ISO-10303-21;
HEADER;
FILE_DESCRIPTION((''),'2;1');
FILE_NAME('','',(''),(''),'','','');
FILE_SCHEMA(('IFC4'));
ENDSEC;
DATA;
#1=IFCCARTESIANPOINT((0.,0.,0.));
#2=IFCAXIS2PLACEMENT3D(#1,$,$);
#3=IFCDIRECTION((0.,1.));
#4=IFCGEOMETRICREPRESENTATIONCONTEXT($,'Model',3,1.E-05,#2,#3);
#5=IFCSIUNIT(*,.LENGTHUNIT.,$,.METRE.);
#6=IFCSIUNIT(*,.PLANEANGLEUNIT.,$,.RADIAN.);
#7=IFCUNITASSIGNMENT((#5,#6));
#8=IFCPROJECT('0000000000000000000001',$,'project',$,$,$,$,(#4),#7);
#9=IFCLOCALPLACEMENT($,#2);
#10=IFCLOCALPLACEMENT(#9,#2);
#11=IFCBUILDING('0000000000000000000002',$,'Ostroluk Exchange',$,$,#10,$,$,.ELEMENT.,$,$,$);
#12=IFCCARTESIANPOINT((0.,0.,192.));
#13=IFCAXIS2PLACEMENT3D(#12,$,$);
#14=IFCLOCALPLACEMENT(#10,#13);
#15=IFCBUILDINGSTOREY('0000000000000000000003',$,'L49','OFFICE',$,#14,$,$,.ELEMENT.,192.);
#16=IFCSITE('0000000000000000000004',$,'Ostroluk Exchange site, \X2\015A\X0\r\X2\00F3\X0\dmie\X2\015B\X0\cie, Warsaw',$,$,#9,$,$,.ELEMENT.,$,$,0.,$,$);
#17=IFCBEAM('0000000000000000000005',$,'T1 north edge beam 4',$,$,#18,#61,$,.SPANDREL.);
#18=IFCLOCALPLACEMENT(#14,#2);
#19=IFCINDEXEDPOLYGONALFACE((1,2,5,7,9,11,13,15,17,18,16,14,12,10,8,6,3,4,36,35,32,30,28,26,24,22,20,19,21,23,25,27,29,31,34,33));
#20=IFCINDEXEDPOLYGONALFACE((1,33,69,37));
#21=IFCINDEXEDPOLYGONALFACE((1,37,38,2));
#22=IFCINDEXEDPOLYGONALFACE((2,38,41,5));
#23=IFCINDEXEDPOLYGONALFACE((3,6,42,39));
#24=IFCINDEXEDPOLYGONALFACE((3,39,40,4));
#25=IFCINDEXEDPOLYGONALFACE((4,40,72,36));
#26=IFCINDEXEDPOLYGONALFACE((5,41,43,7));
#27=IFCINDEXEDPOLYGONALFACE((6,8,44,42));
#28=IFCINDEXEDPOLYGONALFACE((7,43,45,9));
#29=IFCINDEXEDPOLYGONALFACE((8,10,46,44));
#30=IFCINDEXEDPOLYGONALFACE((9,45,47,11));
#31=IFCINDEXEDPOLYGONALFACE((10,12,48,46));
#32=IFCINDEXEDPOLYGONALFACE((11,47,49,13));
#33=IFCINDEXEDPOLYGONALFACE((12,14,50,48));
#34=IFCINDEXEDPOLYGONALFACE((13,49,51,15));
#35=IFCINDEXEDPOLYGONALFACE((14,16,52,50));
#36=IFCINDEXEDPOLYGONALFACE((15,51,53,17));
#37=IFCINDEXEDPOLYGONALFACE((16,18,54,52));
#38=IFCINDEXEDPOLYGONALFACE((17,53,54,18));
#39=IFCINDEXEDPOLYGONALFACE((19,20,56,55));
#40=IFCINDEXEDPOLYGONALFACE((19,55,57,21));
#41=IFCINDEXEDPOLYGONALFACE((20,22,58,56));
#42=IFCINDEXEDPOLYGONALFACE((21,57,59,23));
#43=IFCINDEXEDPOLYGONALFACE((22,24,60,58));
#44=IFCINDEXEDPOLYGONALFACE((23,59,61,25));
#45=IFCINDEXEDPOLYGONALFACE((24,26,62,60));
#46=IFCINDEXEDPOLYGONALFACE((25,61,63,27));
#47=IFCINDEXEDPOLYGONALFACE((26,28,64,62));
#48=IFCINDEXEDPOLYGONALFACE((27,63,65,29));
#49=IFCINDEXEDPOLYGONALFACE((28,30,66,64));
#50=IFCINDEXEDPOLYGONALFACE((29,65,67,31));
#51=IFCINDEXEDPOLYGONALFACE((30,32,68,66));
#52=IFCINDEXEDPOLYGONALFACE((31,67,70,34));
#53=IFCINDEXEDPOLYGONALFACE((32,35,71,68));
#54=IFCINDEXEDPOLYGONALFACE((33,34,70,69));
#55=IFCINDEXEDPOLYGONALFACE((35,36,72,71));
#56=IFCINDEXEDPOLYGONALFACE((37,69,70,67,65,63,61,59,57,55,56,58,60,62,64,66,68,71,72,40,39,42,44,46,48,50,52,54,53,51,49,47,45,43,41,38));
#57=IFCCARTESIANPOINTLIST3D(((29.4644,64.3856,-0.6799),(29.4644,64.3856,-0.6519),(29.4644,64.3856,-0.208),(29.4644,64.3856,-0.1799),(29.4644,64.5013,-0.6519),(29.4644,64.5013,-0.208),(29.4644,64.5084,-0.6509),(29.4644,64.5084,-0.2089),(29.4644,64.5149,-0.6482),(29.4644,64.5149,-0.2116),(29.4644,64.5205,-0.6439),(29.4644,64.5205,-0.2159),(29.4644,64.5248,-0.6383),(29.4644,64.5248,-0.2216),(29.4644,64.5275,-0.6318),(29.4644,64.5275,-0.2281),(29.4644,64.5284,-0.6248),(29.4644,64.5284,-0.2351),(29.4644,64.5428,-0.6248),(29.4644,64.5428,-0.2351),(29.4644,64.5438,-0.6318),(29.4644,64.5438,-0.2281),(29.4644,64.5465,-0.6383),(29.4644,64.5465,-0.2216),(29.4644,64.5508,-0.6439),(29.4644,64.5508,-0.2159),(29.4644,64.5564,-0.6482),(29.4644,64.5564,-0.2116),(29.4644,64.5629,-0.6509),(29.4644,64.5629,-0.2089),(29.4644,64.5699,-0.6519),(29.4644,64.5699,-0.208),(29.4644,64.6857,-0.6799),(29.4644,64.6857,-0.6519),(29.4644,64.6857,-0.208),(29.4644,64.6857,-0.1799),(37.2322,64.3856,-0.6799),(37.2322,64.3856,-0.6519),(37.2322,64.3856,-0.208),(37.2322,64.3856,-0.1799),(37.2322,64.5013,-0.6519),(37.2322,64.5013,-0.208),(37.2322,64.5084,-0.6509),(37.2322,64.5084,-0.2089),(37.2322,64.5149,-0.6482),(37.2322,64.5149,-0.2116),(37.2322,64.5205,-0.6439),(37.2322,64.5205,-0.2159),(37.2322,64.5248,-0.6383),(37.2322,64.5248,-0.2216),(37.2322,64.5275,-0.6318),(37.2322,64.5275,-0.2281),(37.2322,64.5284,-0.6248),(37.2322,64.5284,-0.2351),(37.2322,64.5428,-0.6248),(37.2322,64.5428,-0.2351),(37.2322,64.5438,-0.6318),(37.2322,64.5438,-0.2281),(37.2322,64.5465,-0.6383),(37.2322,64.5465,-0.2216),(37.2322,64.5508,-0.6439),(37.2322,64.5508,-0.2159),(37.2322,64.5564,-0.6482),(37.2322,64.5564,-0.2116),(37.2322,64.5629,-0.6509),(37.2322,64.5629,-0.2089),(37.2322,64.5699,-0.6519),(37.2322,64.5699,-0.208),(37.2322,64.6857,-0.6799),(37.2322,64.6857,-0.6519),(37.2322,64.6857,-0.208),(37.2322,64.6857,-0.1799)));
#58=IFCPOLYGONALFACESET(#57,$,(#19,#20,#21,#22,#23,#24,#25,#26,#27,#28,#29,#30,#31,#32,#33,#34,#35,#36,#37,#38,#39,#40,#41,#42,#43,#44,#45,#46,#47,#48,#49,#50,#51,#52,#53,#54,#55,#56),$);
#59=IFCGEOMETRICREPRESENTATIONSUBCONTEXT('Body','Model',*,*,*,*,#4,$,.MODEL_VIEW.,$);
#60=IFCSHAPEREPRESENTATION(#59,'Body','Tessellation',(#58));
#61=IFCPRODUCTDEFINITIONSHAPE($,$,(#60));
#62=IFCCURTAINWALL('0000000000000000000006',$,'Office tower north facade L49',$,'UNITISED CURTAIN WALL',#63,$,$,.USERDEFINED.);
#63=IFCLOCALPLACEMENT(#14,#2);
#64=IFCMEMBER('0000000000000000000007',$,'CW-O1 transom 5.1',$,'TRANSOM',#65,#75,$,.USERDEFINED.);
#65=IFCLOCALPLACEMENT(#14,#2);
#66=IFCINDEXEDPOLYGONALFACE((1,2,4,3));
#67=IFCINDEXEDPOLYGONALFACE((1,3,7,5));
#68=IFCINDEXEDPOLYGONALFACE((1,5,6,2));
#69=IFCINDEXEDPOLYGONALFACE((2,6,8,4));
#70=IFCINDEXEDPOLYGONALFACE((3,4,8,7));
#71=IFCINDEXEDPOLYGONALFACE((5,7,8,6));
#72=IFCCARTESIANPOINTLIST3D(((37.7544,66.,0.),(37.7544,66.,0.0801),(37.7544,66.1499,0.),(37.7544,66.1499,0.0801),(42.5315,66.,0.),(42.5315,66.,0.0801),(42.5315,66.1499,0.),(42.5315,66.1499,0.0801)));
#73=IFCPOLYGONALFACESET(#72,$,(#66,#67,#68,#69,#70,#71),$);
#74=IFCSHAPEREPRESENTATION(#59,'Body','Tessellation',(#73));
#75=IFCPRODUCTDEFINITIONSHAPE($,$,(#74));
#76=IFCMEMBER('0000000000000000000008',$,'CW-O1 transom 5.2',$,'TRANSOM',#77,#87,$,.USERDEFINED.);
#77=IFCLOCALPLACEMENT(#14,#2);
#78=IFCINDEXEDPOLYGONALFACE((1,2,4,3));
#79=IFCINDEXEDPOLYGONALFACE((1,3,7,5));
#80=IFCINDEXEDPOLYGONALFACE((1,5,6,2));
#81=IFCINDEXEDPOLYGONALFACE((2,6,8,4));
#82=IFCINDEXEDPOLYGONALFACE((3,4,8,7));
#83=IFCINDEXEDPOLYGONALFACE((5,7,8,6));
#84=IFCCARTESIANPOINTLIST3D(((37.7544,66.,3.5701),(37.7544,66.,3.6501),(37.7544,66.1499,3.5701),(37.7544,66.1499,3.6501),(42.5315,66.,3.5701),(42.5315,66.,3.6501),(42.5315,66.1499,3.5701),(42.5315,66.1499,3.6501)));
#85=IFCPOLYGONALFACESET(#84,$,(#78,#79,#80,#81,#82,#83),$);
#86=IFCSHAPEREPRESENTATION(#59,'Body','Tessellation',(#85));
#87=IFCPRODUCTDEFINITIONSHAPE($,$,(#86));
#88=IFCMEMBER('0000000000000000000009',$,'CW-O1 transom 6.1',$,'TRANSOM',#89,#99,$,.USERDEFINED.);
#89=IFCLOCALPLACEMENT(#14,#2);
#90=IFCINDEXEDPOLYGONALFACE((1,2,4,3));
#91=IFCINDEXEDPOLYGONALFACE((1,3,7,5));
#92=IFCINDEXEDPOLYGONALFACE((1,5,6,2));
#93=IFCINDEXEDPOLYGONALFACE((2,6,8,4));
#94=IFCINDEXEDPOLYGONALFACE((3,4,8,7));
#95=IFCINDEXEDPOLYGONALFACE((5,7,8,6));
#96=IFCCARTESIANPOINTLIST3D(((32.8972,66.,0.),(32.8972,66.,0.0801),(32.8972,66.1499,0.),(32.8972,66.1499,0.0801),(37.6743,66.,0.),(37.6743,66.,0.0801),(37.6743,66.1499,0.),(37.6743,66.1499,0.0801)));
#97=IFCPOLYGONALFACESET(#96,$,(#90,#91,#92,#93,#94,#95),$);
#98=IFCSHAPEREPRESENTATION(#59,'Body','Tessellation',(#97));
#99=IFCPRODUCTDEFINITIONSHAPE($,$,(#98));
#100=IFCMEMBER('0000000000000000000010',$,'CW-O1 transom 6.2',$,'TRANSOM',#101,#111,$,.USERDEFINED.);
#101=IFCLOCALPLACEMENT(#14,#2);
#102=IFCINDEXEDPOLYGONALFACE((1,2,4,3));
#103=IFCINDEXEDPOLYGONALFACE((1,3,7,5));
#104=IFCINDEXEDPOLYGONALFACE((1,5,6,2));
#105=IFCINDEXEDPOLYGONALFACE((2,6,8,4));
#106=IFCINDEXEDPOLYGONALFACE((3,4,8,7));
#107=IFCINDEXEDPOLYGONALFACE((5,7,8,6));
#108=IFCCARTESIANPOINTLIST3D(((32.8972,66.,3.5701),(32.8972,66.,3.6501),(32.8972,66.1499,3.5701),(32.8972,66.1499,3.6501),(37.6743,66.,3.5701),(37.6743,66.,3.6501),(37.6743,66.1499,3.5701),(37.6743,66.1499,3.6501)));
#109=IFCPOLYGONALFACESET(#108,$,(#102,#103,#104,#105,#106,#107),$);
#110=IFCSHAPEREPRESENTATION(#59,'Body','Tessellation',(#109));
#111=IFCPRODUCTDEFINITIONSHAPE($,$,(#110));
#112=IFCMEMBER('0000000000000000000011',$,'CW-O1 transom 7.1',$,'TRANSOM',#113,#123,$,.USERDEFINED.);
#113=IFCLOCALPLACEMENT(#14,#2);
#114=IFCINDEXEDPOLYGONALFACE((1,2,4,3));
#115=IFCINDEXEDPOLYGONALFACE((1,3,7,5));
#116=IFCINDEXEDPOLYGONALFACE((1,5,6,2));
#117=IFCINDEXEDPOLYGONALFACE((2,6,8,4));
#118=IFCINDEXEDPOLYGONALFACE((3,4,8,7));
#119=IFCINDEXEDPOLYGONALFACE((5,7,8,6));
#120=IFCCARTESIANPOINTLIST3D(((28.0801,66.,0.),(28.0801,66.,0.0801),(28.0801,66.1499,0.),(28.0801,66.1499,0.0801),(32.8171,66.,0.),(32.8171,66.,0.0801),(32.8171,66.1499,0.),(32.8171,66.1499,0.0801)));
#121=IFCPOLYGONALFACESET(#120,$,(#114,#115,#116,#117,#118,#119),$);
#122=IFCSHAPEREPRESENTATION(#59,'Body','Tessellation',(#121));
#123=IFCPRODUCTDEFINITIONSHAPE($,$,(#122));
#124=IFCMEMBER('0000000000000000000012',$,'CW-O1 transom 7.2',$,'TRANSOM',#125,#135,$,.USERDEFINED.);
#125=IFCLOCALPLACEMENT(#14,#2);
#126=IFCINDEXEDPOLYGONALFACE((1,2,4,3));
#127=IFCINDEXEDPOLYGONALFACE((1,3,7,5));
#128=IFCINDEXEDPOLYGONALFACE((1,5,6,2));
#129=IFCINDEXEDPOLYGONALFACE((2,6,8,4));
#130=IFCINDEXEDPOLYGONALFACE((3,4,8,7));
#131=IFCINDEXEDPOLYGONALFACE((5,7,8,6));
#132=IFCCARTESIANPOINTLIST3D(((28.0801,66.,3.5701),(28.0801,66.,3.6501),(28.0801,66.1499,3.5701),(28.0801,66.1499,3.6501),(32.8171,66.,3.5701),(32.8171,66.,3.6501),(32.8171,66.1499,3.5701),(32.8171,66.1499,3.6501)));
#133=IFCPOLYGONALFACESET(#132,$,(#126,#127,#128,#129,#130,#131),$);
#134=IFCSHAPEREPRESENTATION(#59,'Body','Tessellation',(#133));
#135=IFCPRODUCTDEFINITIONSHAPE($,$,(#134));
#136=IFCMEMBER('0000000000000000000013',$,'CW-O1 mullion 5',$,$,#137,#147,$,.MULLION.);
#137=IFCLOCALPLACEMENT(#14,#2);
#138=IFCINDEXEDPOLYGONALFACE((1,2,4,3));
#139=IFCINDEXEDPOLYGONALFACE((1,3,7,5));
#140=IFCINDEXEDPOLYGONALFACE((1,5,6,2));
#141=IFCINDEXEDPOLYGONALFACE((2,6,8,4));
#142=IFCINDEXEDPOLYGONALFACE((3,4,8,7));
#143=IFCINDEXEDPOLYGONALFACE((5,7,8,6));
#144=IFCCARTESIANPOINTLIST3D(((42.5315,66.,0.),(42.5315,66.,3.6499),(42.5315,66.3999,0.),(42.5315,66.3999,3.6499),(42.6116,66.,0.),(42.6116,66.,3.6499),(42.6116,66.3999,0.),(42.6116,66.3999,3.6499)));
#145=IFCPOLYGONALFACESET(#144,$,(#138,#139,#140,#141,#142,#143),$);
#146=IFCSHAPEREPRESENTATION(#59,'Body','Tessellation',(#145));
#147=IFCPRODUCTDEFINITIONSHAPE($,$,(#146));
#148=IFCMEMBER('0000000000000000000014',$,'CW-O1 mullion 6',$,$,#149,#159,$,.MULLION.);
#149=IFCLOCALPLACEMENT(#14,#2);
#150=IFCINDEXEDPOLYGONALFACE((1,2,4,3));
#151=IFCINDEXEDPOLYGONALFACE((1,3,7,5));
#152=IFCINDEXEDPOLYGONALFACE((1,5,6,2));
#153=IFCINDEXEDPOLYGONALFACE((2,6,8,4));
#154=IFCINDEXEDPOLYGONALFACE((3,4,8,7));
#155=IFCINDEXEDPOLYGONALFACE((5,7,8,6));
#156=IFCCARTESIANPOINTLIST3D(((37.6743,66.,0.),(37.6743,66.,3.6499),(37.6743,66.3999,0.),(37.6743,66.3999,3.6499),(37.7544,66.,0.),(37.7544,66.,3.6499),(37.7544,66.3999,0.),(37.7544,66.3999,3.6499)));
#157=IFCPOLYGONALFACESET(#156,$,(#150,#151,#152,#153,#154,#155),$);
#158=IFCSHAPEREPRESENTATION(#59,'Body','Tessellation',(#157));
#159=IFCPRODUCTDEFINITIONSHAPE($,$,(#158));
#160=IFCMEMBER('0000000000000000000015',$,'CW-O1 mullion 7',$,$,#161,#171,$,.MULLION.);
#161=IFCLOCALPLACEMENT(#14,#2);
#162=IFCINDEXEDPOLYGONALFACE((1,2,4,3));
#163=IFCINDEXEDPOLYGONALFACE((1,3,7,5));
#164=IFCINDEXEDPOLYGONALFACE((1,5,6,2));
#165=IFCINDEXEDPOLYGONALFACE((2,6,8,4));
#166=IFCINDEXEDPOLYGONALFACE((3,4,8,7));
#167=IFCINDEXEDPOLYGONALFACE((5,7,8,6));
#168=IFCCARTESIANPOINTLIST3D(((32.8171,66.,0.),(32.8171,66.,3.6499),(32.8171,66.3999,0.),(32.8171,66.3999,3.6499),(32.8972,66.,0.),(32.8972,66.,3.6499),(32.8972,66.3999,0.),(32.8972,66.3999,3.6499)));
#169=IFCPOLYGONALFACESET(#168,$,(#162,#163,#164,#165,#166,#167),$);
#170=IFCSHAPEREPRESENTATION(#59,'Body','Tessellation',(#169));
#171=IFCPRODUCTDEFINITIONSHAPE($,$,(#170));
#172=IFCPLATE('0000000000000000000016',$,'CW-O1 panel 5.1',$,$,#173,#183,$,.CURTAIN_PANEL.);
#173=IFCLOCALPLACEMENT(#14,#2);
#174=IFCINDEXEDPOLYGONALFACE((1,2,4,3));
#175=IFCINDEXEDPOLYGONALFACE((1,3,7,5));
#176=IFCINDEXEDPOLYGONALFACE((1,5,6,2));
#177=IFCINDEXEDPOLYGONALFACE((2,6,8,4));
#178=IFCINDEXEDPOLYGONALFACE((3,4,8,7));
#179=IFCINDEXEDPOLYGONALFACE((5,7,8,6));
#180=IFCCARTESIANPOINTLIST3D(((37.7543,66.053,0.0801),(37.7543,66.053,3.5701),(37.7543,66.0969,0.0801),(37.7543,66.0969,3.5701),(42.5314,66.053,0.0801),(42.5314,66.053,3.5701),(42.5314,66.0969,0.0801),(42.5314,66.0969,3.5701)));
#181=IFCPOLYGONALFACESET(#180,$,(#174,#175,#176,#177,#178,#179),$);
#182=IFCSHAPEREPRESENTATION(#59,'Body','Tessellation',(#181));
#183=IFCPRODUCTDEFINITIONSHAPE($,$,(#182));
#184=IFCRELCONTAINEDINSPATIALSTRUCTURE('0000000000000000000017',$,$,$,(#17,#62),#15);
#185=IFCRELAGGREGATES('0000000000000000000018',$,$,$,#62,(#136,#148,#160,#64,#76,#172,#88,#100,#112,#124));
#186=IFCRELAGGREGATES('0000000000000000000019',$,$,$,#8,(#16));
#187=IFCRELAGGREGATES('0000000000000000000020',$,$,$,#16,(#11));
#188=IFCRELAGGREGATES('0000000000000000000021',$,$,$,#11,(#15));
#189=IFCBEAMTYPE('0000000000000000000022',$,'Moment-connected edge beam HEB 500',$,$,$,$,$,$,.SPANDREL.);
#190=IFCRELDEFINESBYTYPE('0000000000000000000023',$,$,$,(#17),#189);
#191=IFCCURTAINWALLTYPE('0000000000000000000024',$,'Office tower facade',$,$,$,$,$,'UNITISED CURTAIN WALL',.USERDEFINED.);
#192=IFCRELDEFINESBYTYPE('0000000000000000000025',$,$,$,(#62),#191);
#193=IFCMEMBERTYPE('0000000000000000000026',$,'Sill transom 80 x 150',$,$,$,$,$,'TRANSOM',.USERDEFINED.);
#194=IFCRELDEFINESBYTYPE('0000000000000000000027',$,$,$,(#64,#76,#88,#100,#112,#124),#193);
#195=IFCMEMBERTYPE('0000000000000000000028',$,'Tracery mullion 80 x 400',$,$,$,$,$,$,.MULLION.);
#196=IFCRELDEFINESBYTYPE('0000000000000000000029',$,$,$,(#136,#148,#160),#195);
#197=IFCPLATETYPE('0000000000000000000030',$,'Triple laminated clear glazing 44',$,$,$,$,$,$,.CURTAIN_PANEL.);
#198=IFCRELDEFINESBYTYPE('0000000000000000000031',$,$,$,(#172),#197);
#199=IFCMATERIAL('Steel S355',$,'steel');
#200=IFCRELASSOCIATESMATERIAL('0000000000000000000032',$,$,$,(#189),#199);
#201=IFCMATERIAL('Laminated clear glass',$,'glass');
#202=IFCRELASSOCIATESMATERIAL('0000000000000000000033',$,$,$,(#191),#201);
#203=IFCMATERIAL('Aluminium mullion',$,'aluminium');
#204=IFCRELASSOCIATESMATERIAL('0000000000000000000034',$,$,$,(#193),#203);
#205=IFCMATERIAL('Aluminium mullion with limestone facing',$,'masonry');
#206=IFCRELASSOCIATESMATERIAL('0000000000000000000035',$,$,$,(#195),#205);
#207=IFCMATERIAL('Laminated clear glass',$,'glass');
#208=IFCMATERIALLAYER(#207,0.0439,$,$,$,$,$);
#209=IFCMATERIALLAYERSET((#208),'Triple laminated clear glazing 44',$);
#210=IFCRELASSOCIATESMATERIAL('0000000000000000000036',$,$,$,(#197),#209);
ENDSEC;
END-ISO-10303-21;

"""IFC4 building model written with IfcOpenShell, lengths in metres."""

from ifc_helpers import new_model, si_unit, direction, frame, origin, origin_2d, place, context, subcontext, project, spatial, rectangle, i_section, extrude, material, layer, layer_set, material_profile, profile_set, type_object, element, aggregate, save


model = new_model("IFC4")

# Units and contexts
model_context = context("Model", 3, precision=1e-05, world=origin(), true_north=direction((0.0, 1.0)))
body_context = subcontext(model_context, "Body", "Model", "MODEL_VIEW")
ifc_project = project(units=[si_unit("LENGTHUNIT", "METRE"), si_unit("PLANEANGLEUNIT", "RADIAN")], contexts=[model_context])

# Site, building, storey
site_placement = place(None, origin())
site = spatial("IfcSite", under=ifc_project, at=site_placement, Name="Ostroluk Exchange site, Śródmieście, Warsaw", CompositionType="ELEMENT", RefElevation=0.0)
building_placement = place(site_placement, origin())
building = spatial("IfcBuilding", under=site, at=building_placement, Name="Ostroluk Exchange", CompositionType="ELEMENT")
storey_placement = place(building_placement, frame((0.0, 0.0, 192.0)))
storey = spatial("IfcBuildingStorey", under=building, at=storey_placement, Name="L49", Description="OFFICE", CompositionType="ELEMENT", Elevation=192.0)

# Beam
ifc_material_1 = material(Name="Steel S355", Category="steel")
ifc_material_profile_1 = material_profile(ifc_material_1, i_section(OverallWidth=0.3, OverallDepth=0.5, WebThickness=0.0144, FlangeThickness=0.0281, FilletRadius=0.0271, at=origin_2d()), Name="HEB 500")
ifc_profile_set_1 = profile_set([ifc_material_profile_1], Name="Steel S355")
beam_type = type_object("IfcBeamType", Name="Moment-connected edge beam HEB 500", PredefinedType="SPANDREL", material=ifc_profile_set_1)
for number, where, z_axis, x_axis, name in (
    (1, (37.2322, 64.5356, -0.4299), (-1.0, 0.0, 0.0), (0.0, -1.0, 0.0), "T1 north edge beam 4"),
):
    element("IfcBeam", number, at=place(storey_placement, frame(where, z_axis=z_axis, x_axis=x_axis)), inside=storey, type_object=beam_type, Name=name, PredefinedType="SPANDREL", context=body_context, shape_type="SweptSolid", body=[
        extrude(i_section(OverallWidth=0.3, OverallDepth=0.5, WebThickness=0.0144, FlangeThickness=0.0281, FilletRadius=0.0271, at=origin_2d()), origin(), (0.0, 0.0, 1.0), 7.7678),
    ])

# Curtain wall, members, plate
ifc_material_2 = material(Name="Laminated clear glass", Category="glass")
curtain_wall_type = type_object("IfcCurtainWallType", Name="Office tower facade", ElementType="UNITISED CURTAIN WALL", PredefinedType="USERDEFINED", material=ifc_material_2)
curtain_wall_placement = place(storey_placement, origin())
curtain_wall = element("IfcCurtainWall", 2, at=curtain_wall_placement, inside=storey, type_object=curtain_wall_type, Name="Office tower north facade L49", ObjectType="UNITISED CURTAIN WALL", PredefinedType="USERDEFINED")
ifc_material_3 = material(Name="Aluminium mullion", Category="aluminium")
ifc_material_profile_2 = material_profile(ifc_material_3, rectangle(XDim=0.1499, YDim=0.0801, at=origin_2d()), Name="Sill transom 80 x 150")
ifc_profile_set_2 = profile_set([ifc_material_profile_2], Name="Aluminium mullion")
member_type_1 = type_object("IfcMemberType", Name="Sill transom 80 x 150", ElementType="TRANSOM", PredefinedType="USERDEFINED", material=ifc_profile_set_2)
member_1_placement = place(storey_placement, frame((42.5315, 66.075, 0.04), z_axis=(-1.0, 0.0, 0.0), x_axis=(0.0, -1.0, 0.0)))
member_1 = element("IfcMember", 3, at=member_1_placement, type_object=member_type_1, Name="CW-O1 transom 5.1", ObjectType="TRANSOM", PredefinedType="USERDEFINED", context=body_context, shape_type="SweptSolid", body=[
    extrude(rectangle(XDim=0.1499, YDim=0.0801, at=origin_2d()), origin(), (0.0, 0.0, 1.0), 4.7771),
])
member_2_placement = place(storey_placement, frame((42.5315, 66.075, 3.6101), z_axis=(-1.0, 0.0, 0.0), x_axis=(0.0, -1.0, 0.0)))
member_2 = element("IfcMember", 4, at=member_2_placement, type_object=member_type_1, Name="CW-O1 transom 5.2", ObjectType="TRANSOM", PredefinedType="USERDEFINED", context=body_context, shape_type="SweptSolid", body=[
    extrude(rectangle(XDim=0.1499, YDim=0.0801, at=origin_2d()), origin(), (0.0, 0.0, 1.0), 4.7771),
])
member_3_placement = place(storey_placement, frame((37.6743, 66.075, 0.04), z_axis=(-1.0, 0.0, 0.0), x_axis=(0.0, -1.0, 0.0)))
member_3 = element("IfcMember", 5, at=member_3_placement, type_object=member_type_1, Name="CW-O1 transom 6.1", ObjectType="TRANSOM", PredefinedType="USERDEFINED", context=body_context, shape_type="SweptSolid", body=[
    extrude(rectangle(XDim=0.1499, YDim=0.0801, at=origin_2d()), origin(), (0.0, 0.0, 1.0), 4.7771),
])
member_4_placement = place(storey_placement, frame((37.6743, 66.075, 3.6101), z_axis=(-1.0, 0.0, 0.0), x_axis=(0.0, -1.0, 0.0)))
member_4 = element("IfcMember", 6, at=member_4_placement, type_object=member_type_1, Name="CW-O1 transom 6.2", ObjectType="TRANSOM", PredefinedType="USERDEFINED", context=body_context, shape_type="SweptSolid", body=[
    extrude(rectangle(XDim=0.1499, YDim=0.0801, at=origin_2d()), origin(), (0.0, 0.0, 1.0), 4.7771),
])
member_5_placement = place(storey_placement, frame((32.8171, 66.075, 0.04), z_axis=(-1.0, 0.0, 0.0), x_axis=(0.0, -1.0, 0.0)))
member_5 = element("IfcMember", 7, at=member_5_placement, type_object=member_type_1, Name="CW-O1 transom 7.1", ObjectType="TRANSOM", PredefinedType="USERDEFINED", context=body_context, shape_type="SweptSolid", body=[
    extrude(rectangle(XDim=0.1499, YDim=0.0801, at=origin_2d()), origin(), (0.0, 0.0, 1.0), 4.7371),
])
member_6_placement = place(storey_placement, frame((32.8171, 66.075, 3.6101), z_axis=(-1.0, 0.0, 0.0), x_axis=(0.0, -1.0, 0.0)))
member_6 = element("IfcMember", 8, at=member_6_placement, type_object=member_type_1, Name="CW-O1 transom 7.2", ObjectType="TRANSOM", PredefinedType="USERDEFINED", context=body_context, shape_type="SweptSolid", body=[
    extrude(rectangle(XDim=0.1499, YDim=0.0801, at=origin_2d()), origin(), (0.0, 0.0, 1.0), 4.7371),
])
ifc_material_4 = material(Name="Aluminium mullion with limestone facing", Category="masonry")
ifc_material_profile_3 = material_profile(ifc_material_4, rectangle(XDim=0.3999, YDim=0.0801, at=origin_2d()), Name="Tracery mullion 80 x 400")
ifc_profile_set_3 = profile_set([ifc_material_profile_3], Name="Aluminium mullion with limestone facing")
member_type_2 = type_object("IfcMemberType", Name="Tracery mullion 80 x 400", PredefinedType="MULLION", material=ifc_profile_set_3)
member_7_placement = place(storey_placement, frame((42.5715, 66.2, 0.0), z_axis=(0.0, 0.0, 1.0), x_axis=(0.0, -1.0, 0.0)))
member_7 = element("IfcMember", 9, at=member_7_placement, type_object=member_type_2, Name="CW-O1 mullion 5", PredefinedType="MULLION", context=body_context, shape_type="SweptSolid", body=[
    extrude(rectangle(XDim=0.3999, YDim=0.0801, at=origin_2d()), origin(), (0.0, 0.0, 1.0), 3.6499),
])
member_8_placement = place(storey_placement, frame((37.7144, 66.2, 0.0), z_axis=(0.0, 0.0, 1.0), x_axis=(0.0, -1.0, 0.0)))
member_8 = element("IfcMember", 10, at=member_8_placement, type_object=member_type_2, Name="CW-O1 mullion 6", PredefinedType="MULLION", context=body_context, shape_type="SweptSolid", body=[
    extrude(rectangle(XDim=0.3999, YDim=0.0801, at=origin_2d()), origin(), (0.0, 0.0, 1.0), 3.6499),
])
member_9_placement = place(storey_placement, frame((32.8572, 66.2, 0.0), z_axis=(0.0, 0.0, 1.0), x_axis=(0.0, -1.0, 0.0)))
member_9 = element("IfcMember", 11, at=member_9_placement, type_object=member_type_2, Name="CW-O1 mullion 7", PredefinedType="MULLION", context=body_context, shape_type="SweptSolid", body=[
    extrude(rectangle(XDim=0.3999, YDim=0.0801, at=origin_2d()), origin(), (0.0, 0.0, 1.0), 3.6499),
])
ifc_material_5 = material(Name="Laminated clear glass", Category="glass")
ifc_layer_1 = layer(ifc_material_5, 0.0439)
ifc_layer_set_1 = layer_set([ifc_layer_1], Name="Triple laminated clear glazing 44")
plate_type = type_object("IfcPlateType", Name="Triple laminated clear glazing 44", PredefinedType="CURTAIN_PANEL", material=ifc_layer_set_1)
plate_1_placement = place(storey_placement, frame((40.1428, 66.075, 0.0801), z_axis=(0.0, 0.0, 1.0), x_axis=(-1.0, 0.0, 0.0)))
plate_1 = element("IfcPlate", 12, at=plate_1_placement, type_object=plate_type, Name="CW-O1 panel 5.1", PredefinedType="CURTAIN_PANEL", context=body_context, shape_type="SweptSolid", body=[
    extrude(rectangle(XDim=4.7771, YDim=0.0439, at=origin_2d()), origin(), (0.0, 0.0, 1.0), 3.49),
])
aggregate(curtain_wall, [member_7, member_8, member_9, member_1, member_2, plate_1, member_3, member_4, member_5, member_6])

save(model, "model.ifc")
